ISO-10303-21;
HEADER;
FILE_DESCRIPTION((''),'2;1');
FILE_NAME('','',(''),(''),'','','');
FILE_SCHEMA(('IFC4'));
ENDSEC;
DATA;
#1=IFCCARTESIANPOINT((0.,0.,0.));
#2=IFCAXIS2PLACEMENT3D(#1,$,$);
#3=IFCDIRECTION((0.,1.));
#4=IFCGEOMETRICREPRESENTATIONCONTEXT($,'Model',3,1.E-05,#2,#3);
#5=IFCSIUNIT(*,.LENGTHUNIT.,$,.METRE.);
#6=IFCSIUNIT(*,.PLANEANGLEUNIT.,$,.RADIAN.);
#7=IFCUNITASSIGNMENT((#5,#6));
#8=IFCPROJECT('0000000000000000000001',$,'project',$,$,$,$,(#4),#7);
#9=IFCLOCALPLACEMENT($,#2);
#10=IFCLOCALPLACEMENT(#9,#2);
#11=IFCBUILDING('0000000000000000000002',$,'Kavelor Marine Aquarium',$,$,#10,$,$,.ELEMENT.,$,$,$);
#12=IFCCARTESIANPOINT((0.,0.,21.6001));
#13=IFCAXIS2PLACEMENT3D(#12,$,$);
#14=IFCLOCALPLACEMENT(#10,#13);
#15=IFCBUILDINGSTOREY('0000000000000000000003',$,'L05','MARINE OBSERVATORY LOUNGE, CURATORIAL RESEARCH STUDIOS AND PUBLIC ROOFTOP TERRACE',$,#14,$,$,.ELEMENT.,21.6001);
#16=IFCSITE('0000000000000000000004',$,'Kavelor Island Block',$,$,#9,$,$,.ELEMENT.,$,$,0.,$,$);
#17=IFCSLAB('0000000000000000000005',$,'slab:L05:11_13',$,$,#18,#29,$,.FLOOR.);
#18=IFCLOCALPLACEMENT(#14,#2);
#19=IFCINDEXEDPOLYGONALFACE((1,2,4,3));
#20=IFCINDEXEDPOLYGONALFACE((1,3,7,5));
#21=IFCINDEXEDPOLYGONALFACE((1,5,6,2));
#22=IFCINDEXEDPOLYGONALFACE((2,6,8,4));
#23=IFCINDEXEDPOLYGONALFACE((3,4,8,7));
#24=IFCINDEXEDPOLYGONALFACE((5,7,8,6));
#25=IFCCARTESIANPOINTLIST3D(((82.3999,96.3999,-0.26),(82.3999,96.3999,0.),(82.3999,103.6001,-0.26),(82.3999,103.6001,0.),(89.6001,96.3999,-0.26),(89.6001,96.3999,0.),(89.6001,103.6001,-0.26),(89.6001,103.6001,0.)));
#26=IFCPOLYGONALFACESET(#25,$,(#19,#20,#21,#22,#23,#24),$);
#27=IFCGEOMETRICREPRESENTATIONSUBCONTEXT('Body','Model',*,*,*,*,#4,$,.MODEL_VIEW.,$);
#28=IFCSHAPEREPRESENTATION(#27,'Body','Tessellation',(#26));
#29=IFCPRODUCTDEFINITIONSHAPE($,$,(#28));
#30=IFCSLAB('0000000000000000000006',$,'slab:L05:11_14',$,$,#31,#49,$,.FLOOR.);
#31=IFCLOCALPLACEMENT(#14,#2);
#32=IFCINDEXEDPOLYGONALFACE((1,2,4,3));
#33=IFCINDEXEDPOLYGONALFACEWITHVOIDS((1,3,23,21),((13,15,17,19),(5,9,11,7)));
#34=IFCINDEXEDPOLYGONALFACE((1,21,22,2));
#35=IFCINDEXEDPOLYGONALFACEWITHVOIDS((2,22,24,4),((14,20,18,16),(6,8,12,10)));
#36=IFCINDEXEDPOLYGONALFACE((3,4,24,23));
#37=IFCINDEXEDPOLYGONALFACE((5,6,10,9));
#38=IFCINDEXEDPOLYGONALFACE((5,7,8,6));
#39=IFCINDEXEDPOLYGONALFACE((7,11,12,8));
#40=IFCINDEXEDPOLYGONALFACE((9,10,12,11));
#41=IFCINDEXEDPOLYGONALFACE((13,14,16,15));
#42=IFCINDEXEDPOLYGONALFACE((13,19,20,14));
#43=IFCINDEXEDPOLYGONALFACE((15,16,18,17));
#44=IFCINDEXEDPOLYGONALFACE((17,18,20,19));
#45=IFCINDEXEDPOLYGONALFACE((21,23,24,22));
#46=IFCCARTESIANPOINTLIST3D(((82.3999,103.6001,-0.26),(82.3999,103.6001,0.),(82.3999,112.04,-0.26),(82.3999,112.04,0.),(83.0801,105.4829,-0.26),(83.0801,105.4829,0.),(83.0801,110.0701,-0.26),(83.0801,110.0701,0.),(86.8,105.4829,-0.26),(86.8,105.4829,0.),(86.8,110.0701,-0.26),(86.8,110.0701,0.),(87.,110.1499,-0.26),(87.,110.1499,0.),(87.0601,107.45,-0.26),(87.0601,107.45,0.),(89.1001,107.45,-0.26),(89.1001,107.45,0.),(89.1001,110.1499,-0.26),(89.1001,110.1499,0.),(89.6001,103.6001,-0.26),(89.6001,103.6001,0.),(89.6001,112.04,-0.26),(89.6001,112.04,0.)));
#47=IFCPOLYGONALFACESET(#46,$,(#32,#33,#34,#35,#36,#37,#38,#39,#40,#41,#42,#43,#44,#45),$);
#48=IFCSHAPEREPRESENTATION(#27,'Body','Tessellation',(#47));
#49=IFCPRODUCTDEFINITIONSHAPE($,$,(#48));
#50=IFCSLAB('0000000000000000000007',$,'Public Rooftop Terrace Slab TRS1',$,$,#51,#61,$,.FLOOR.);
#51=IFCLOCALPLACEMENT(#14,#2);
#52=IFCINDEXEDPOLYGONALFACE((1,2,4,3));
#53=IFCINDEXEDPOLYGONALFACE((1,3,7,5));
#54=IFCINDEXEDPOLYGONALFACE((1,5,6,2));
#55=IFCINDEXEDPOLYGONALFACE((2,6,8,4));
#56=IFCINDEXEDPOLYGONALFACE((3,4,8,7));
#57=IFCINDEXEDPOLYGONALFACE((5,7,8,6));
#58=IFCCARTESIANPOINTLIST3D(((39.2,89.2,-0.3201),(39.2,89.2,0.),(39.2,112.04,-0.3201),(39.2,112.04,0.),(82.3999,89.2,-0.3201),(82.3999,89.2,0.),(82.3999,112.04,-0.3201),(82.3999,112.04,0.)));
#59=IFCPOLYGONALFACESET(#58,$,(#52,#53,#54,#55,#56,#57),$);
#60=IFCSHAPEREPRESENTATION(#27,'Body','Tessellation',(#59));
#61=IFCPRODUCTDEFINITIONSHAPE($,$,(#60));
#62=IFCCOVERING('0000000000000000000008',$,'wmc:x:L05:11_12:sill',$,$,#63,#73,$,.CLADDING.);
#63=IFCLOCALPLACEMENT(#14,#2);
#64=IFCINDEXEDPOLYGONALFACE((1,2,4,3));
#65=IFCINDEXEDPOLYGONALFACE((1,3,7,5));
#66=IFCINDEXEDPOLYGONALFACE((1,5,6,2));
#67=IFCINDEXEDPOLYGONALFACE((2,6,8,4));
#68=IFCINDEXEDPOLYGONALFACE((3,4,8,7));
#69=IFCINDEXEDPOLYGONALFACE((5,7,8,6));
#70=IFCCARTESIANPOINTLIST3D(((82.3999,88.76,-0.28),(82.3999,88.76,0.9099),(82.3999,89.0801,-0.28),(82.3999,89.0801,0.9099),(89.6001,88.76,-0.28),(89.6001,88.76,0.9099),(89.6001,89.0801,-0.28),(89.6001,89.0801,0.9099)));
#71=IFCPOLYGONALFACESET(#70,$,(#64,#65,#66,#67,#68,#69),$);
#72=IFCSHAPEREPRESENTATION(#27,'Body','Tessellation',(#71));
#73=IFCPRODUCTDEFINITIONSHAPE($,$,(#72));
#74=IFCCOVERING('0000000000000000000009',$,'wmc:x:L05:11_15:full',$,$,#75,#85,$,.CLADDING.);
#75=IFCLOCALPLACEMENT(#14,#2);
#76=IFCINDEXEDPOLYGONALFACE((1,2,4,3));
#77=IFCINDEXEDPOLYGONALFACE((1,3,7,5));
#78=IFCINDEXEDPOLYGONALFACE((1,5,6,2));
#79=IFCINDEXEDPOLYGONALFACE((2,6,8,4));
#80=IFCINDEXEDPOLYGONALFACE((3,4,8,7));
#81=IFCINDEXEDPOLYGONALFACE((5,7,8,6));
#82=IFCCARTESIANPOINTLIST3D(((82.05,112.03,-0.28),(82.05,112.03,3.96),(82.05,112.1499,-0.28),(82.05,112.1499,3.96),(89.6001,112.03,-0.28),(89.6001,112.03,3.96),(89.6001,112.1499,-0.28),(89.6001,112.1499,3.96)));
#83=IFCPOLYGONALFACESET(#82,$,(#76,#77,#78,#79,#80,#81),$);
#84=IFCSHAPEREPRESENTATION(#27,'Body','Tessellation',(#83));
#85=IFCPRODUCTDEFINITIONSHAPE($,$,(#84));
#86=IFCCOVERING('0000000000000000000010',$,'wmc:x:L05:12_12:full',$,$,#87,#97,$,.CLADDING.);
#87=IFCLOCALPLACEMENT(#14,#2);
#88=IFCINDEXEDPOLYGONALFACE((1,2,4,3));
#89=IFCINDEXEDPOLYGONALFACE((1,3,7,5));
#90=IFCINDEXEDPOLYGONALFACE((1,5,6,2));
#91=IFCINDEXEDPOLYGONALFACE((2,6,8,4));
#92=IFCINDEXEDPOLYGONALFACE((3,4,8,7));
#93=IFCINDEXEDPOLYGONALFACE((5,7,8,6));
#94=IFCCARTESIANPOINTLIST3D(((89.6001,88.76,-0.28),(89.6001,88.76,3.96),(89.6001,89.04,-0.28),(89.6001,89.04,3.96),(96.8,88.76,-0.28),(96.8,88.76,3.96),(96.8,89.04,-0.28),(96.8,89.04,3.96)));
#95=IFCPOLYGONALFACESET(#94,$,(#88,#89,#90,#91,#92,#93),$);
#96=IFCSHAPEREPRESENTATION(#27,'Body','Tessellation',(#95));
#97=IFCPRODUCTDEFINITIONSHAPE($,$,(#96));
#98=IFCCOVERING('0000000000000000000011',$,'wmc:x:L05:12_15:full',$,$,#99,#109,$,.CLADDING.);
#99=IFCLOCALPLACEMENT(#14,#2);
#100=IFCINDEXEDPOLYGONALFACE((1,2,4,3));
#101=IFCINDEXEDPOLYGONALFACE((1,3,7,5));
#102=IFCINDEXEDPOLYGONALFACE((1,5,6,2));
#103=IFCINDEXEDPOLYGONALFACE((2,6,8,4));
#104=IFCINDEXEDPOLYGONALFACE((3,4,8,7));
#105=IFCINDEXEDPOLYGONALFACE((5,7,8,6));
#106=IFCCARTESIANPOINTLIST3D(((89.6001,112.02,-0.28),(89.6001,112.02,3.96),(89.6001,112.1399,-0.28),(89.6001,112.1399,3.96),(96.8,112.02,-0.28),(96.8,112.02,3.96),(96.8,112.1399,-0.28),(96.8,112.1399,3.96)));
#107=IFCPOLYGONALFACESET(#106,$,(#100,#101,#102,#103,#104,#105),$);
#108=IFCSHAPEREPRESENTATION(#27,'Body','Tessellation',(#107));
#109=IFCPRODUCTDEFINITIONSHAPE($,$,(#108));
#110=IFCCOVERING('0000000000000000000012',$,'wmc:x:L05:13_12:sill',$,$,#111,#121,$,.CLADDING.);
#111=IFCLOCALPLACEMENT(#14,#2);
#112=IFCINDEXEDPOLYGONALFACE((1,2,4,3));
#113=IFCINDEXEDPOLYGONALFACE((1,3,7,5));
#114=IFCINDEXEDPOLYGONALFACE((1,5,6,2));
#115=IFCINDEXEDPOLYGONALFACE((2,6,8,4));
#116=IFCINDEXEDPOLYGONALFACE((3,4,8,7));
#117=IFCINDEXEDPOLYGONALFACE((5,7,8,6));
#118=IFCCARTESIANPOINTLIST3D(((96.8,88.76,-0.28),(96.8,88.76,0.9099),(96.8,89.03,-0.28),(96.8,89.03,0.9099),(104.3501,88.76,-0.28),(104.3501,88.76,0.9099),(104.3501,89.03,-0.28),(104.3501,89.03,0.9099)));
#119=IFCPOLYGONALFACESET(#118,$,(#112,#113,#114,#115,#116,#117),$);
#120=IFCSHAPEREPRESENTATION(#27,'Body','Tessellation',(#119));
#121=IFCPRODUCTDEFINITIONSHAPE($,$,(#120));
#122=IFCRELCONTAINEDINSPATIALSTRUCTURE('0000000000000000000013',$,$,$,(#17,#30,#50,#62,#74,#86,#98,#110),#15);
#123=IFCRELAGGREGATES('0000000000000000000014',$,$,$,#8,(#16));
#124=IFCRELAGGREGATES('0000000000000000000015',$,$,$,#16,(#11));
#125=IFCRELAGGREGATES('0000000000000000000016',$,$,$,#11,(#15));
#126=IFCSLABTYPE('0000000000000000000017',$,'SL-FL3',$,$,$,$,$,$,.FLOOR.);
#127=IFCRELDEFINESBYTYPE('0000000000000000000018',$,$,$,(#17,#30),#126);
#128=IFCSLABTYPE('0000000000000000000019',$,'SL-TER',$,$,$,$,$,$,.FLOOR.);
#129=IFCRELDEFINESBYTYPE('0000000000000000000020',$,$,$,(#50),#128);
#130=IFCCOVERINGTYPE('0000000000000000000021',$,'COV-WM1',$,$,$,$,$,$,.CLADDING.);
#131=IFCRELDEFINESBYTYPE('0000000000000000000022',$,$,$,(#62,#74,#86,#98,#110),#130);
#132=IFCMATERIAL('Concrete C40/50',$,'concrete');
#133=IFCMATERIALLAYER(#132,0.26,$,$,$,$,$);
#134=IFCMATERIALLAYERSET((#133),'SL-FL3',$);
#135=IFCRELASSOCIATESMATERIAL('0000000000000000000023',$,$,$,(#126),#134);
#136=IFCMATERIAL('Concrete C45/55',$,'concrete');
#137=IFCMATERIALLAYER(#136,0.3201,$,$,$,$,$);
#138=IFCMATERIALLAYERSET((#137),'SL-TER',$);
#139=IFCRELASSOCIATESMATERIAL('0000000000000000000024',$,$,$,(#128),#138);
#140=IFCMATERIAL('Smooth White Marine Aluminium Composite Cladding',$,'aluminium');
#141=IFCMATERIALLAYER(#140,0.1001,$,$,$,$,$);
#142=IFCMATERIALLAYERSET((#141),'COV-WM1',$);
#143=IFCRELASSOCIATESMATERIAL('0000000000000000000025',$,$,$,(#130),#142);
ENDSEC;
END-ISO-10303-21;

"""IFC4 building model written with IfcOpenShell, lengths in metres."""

from ifc_helpers import new_model, si_unit, direction, frame, origin, place, context, subcontext, project, spatial, polyline, outline, extrude, material, layer, layer_set, type_object, element, save


model = new_model("IFC4")

# Units and contexts
model_context = context("Model", 3, precision=1e-05, world=origin(), true_north=direction((0.0, 1.0)))
body_context = subcontext(model_context, "Body", "Model", "MODEL_VIEW")
ifc_project = project(units=[si_unit("LENGTHUNIT", "METRE"), si_unit("PLANEANGLEUNIT", "RADIAN")], contexts=[model_context])

# Site, building, storey
site_placement = place(None, origin())
site = spatial("IfcSite", under=ifc_project, at=site_placement, Name="Kavelor Island Block", CompositionType="ELEMENT", RefElevation=0.0)
building_placement = place(site_placement, origin())
building = spatial("IfcBuilding", under=site, at=building_placement, Name="Kavelor Marine Aquarium", CompositionType="ELEMENT")
storey_placement = place(building_placement, frame((0.0, 0.0, 21.6001)))
storey = spatial("IfcBuildingStorey", under=building, at=storey_placement, Name="L05", Description="MARINE OBSERVATORY LOUNGE, CURATORIAL RESEARCH STUDIOS AND PUBLIC ROOFTOP TERRACE", CompositionType="ELEMENT", Elevation=21.6001)

# Slabs
ifc_material_1 = material(Name="Concrete C40/50", Category="concrete")
ifc_layer_1 = layer(ifc_material_1, 0.26)
ifc_layer_set_1 = layer_set([ifc_layer_1], Name="SL-FL3")
slab_type_1 = type_object("IfcSlabType", Name="SL-FL3", PredefinedType="FLOOR", material=ifc_layer_set_1)
slab_1_placement = place(storey_placement, frame((0.0, 0.0, -0.26)))
element("IfcSlab", 1, at=slab_1_placement, inside=storey, type_object=slab_type_1, Name="slab:L05:11_13", PredefinedType="FLOOR", context=body_context, shape_type="SweptSolid", body=[
    extrude(outline(polyline([(82.3999, 96.3999), (89.6001, 96.3999), (89.6001, 103.6001), (82.3999, 103.6001), (82.3999, 96.3999)])), origin(), (0.0, 0.0, 1.0), 0.26),
])
slab_2_placement = place(storey_placement, frame((0.0, 0.0, -0.26)))
element("IfcSlab", 2, at=slab_2_placement, inside=storey, type_object=slab_type_1, Name="slab:L05:11_14", PredefinedType="FLOOR", context=body_context, shape_type="SweptSolid", body=[
    extrude(outline(polyline([(82.3999, 103.6001), (89.6001, 103.6001), (89.6001, 112.04), (82.3999, 112.04), (82.3999, 103.6001)]), holes=[polyline([(83.0801, 105.4829), (86.8, 105.4829), (86.8, 110.0701), (83.0801, 110.0701), (83.0801, 105.4829)]), polyline([(87.0601, 107.45), (89.1001, 107.45), (89.1001, 110.1499), (87.0, 110.1499), (87.0601, 107.45)])]), origin(), (0.0, 0.0, 1.0), 0.26),
])
ifc_material_2 = material(Name="Concrete C45/55", Category="concrete")
ifc_layer_2 = layer(ifc_material_2, 0.3201)
ifc_layer_set_2 = layer_set([ifc_layer_2], Name="SL-TER")
slab_type_2 = type_object("IfcSlabType", Name="SL-TER", PredefinedType="FLOOR", material=ifc_layer_set_2)
slab_3_placement = place(storey_placement, frame((0.0, 0.0, -0.3201)))
element("IfcSlab", 3, at=slab_3_placement, inside=storey, type_object=slab_type_2, Name="Public Rooftop Terrace Slab TRS1", PredefinedType="FLOOR", context=body_context, shape_type="SweptSolid", body=[
    extrude(outline(polyline([(39.2, 89.2), (82.3999, 89.2), (82.3999, 112.04), (39.2, 112.04), (39.2, 89.2)])), origin(), (0.0, 0.0, 1.0), 0.3201),
])

# Coverings
ifc_material_3 = material(Name="Smooth White Marine Aluminium Composite Cladding", Category="aluminium")
ifc_layer_3 = layer(ifc_material_3, 0.1001)
ifc_layer_set_3 = layer_set([ifc_layer_3], Name="COV-WM1")
covering_type = type_object("IfcCoveringType", Name="COV-WM1", PredefinedType="CLADDING", material=ifc_layer_set_3)
covering_1_placement = place(storey_placement, frame((0.0, 0.0, -0.28)))
element("IfcCovering", 4, at=covering_1_placement, inside=storey, type_object=covering_type, Name="wmc:x:L05:11_12:sill", PredefinedType="CLADDING", context=body_context, shape_type="SweptSolid", body=[
    extrude(outline(polyline([(82.3999, 88.76), (89.6001, 88.76), (89.6001, 89.0801), (82.3999, 89.0801), (82.3999, 88.76)])), origin(), (0.0, 0.0, 1.0), 1.1899),
])
covering_2_placement = place(storey_placement, frame((0.0, 0.0, -0.28)))
element("IfcCovering", 5, at=covering_2_placement, inside=storey, type_object=covering_type, Name="wmc:x:L05:11_15:full", PredefinedType="CLADDING", context=body_context, shape_type="SweptSolid", body=[
    extrude(outline(polyline([(82.05, 112.03), (89.6001, 112.03), (89.6001, 112.1499), (82.05, 112.1499), (82.05, 112.03)])), origin(), (0.0, 0.0, 1.0), 4.24),
])
covering_3_placement = place(storey_placement, frame((0.0, 0.0, -0.28)))
element("IfcCovering", 6, at=covering_3_placement, inside=storey, type_object=covering_type, Name="wmc:x:L05:12_12:full", PredefinedType="CLADDING", context=body_context, shape_type="SweptSolid", body=[
    extrude(outline(polyline([(89.6001, 88.76), (96.8, 88.76), (96.8, 89.04), (89.6001, 89.04), (89.6001, 88.76)])), origin(), (0.0, 0.0, 1.0), 4.24),
])
covering_4_placement = place(storey_placement, frame((0.0, 0.0, -0.28)))
element("IfcCovering", 7, at=covering_4_placement, inside=storey, type_object=covering_type, Name="wmc:x:L05:12_15:full", PredefinedType="CLADDING", context=body_context, shape_type="SweptSolid", body=[
    extrude(outline(polyline([(89.6001, 112.02), (96.8, 112.02), (96.8, 112.1399), (89.6001, 112.1399), (89.6001, 112.02)])), origin(), (0.0, 0.0, 1.0), 4.24),
])
covering_5_placement = place(storey_placement, frame((0.0, 0.0, -0.28)))
element("IfcCovering", 8, at=covering_5_placement, inside=storey, type_object=covering_type, Name="wmc:x:L05:13_12:sill", PredefinedType="CLADDING", context=body_context, shape_type="SweptSolid", body=[
    extrude(outline(polyline([(96.8, 88.76), (104.3501, 88.76), (104.3501, 89.03), (96.8, 89.03), (96.8, 88.76)])), origin(), (0.0, 0.0, 1.0), 1.1899),
])

save(model, "model.ifc")
